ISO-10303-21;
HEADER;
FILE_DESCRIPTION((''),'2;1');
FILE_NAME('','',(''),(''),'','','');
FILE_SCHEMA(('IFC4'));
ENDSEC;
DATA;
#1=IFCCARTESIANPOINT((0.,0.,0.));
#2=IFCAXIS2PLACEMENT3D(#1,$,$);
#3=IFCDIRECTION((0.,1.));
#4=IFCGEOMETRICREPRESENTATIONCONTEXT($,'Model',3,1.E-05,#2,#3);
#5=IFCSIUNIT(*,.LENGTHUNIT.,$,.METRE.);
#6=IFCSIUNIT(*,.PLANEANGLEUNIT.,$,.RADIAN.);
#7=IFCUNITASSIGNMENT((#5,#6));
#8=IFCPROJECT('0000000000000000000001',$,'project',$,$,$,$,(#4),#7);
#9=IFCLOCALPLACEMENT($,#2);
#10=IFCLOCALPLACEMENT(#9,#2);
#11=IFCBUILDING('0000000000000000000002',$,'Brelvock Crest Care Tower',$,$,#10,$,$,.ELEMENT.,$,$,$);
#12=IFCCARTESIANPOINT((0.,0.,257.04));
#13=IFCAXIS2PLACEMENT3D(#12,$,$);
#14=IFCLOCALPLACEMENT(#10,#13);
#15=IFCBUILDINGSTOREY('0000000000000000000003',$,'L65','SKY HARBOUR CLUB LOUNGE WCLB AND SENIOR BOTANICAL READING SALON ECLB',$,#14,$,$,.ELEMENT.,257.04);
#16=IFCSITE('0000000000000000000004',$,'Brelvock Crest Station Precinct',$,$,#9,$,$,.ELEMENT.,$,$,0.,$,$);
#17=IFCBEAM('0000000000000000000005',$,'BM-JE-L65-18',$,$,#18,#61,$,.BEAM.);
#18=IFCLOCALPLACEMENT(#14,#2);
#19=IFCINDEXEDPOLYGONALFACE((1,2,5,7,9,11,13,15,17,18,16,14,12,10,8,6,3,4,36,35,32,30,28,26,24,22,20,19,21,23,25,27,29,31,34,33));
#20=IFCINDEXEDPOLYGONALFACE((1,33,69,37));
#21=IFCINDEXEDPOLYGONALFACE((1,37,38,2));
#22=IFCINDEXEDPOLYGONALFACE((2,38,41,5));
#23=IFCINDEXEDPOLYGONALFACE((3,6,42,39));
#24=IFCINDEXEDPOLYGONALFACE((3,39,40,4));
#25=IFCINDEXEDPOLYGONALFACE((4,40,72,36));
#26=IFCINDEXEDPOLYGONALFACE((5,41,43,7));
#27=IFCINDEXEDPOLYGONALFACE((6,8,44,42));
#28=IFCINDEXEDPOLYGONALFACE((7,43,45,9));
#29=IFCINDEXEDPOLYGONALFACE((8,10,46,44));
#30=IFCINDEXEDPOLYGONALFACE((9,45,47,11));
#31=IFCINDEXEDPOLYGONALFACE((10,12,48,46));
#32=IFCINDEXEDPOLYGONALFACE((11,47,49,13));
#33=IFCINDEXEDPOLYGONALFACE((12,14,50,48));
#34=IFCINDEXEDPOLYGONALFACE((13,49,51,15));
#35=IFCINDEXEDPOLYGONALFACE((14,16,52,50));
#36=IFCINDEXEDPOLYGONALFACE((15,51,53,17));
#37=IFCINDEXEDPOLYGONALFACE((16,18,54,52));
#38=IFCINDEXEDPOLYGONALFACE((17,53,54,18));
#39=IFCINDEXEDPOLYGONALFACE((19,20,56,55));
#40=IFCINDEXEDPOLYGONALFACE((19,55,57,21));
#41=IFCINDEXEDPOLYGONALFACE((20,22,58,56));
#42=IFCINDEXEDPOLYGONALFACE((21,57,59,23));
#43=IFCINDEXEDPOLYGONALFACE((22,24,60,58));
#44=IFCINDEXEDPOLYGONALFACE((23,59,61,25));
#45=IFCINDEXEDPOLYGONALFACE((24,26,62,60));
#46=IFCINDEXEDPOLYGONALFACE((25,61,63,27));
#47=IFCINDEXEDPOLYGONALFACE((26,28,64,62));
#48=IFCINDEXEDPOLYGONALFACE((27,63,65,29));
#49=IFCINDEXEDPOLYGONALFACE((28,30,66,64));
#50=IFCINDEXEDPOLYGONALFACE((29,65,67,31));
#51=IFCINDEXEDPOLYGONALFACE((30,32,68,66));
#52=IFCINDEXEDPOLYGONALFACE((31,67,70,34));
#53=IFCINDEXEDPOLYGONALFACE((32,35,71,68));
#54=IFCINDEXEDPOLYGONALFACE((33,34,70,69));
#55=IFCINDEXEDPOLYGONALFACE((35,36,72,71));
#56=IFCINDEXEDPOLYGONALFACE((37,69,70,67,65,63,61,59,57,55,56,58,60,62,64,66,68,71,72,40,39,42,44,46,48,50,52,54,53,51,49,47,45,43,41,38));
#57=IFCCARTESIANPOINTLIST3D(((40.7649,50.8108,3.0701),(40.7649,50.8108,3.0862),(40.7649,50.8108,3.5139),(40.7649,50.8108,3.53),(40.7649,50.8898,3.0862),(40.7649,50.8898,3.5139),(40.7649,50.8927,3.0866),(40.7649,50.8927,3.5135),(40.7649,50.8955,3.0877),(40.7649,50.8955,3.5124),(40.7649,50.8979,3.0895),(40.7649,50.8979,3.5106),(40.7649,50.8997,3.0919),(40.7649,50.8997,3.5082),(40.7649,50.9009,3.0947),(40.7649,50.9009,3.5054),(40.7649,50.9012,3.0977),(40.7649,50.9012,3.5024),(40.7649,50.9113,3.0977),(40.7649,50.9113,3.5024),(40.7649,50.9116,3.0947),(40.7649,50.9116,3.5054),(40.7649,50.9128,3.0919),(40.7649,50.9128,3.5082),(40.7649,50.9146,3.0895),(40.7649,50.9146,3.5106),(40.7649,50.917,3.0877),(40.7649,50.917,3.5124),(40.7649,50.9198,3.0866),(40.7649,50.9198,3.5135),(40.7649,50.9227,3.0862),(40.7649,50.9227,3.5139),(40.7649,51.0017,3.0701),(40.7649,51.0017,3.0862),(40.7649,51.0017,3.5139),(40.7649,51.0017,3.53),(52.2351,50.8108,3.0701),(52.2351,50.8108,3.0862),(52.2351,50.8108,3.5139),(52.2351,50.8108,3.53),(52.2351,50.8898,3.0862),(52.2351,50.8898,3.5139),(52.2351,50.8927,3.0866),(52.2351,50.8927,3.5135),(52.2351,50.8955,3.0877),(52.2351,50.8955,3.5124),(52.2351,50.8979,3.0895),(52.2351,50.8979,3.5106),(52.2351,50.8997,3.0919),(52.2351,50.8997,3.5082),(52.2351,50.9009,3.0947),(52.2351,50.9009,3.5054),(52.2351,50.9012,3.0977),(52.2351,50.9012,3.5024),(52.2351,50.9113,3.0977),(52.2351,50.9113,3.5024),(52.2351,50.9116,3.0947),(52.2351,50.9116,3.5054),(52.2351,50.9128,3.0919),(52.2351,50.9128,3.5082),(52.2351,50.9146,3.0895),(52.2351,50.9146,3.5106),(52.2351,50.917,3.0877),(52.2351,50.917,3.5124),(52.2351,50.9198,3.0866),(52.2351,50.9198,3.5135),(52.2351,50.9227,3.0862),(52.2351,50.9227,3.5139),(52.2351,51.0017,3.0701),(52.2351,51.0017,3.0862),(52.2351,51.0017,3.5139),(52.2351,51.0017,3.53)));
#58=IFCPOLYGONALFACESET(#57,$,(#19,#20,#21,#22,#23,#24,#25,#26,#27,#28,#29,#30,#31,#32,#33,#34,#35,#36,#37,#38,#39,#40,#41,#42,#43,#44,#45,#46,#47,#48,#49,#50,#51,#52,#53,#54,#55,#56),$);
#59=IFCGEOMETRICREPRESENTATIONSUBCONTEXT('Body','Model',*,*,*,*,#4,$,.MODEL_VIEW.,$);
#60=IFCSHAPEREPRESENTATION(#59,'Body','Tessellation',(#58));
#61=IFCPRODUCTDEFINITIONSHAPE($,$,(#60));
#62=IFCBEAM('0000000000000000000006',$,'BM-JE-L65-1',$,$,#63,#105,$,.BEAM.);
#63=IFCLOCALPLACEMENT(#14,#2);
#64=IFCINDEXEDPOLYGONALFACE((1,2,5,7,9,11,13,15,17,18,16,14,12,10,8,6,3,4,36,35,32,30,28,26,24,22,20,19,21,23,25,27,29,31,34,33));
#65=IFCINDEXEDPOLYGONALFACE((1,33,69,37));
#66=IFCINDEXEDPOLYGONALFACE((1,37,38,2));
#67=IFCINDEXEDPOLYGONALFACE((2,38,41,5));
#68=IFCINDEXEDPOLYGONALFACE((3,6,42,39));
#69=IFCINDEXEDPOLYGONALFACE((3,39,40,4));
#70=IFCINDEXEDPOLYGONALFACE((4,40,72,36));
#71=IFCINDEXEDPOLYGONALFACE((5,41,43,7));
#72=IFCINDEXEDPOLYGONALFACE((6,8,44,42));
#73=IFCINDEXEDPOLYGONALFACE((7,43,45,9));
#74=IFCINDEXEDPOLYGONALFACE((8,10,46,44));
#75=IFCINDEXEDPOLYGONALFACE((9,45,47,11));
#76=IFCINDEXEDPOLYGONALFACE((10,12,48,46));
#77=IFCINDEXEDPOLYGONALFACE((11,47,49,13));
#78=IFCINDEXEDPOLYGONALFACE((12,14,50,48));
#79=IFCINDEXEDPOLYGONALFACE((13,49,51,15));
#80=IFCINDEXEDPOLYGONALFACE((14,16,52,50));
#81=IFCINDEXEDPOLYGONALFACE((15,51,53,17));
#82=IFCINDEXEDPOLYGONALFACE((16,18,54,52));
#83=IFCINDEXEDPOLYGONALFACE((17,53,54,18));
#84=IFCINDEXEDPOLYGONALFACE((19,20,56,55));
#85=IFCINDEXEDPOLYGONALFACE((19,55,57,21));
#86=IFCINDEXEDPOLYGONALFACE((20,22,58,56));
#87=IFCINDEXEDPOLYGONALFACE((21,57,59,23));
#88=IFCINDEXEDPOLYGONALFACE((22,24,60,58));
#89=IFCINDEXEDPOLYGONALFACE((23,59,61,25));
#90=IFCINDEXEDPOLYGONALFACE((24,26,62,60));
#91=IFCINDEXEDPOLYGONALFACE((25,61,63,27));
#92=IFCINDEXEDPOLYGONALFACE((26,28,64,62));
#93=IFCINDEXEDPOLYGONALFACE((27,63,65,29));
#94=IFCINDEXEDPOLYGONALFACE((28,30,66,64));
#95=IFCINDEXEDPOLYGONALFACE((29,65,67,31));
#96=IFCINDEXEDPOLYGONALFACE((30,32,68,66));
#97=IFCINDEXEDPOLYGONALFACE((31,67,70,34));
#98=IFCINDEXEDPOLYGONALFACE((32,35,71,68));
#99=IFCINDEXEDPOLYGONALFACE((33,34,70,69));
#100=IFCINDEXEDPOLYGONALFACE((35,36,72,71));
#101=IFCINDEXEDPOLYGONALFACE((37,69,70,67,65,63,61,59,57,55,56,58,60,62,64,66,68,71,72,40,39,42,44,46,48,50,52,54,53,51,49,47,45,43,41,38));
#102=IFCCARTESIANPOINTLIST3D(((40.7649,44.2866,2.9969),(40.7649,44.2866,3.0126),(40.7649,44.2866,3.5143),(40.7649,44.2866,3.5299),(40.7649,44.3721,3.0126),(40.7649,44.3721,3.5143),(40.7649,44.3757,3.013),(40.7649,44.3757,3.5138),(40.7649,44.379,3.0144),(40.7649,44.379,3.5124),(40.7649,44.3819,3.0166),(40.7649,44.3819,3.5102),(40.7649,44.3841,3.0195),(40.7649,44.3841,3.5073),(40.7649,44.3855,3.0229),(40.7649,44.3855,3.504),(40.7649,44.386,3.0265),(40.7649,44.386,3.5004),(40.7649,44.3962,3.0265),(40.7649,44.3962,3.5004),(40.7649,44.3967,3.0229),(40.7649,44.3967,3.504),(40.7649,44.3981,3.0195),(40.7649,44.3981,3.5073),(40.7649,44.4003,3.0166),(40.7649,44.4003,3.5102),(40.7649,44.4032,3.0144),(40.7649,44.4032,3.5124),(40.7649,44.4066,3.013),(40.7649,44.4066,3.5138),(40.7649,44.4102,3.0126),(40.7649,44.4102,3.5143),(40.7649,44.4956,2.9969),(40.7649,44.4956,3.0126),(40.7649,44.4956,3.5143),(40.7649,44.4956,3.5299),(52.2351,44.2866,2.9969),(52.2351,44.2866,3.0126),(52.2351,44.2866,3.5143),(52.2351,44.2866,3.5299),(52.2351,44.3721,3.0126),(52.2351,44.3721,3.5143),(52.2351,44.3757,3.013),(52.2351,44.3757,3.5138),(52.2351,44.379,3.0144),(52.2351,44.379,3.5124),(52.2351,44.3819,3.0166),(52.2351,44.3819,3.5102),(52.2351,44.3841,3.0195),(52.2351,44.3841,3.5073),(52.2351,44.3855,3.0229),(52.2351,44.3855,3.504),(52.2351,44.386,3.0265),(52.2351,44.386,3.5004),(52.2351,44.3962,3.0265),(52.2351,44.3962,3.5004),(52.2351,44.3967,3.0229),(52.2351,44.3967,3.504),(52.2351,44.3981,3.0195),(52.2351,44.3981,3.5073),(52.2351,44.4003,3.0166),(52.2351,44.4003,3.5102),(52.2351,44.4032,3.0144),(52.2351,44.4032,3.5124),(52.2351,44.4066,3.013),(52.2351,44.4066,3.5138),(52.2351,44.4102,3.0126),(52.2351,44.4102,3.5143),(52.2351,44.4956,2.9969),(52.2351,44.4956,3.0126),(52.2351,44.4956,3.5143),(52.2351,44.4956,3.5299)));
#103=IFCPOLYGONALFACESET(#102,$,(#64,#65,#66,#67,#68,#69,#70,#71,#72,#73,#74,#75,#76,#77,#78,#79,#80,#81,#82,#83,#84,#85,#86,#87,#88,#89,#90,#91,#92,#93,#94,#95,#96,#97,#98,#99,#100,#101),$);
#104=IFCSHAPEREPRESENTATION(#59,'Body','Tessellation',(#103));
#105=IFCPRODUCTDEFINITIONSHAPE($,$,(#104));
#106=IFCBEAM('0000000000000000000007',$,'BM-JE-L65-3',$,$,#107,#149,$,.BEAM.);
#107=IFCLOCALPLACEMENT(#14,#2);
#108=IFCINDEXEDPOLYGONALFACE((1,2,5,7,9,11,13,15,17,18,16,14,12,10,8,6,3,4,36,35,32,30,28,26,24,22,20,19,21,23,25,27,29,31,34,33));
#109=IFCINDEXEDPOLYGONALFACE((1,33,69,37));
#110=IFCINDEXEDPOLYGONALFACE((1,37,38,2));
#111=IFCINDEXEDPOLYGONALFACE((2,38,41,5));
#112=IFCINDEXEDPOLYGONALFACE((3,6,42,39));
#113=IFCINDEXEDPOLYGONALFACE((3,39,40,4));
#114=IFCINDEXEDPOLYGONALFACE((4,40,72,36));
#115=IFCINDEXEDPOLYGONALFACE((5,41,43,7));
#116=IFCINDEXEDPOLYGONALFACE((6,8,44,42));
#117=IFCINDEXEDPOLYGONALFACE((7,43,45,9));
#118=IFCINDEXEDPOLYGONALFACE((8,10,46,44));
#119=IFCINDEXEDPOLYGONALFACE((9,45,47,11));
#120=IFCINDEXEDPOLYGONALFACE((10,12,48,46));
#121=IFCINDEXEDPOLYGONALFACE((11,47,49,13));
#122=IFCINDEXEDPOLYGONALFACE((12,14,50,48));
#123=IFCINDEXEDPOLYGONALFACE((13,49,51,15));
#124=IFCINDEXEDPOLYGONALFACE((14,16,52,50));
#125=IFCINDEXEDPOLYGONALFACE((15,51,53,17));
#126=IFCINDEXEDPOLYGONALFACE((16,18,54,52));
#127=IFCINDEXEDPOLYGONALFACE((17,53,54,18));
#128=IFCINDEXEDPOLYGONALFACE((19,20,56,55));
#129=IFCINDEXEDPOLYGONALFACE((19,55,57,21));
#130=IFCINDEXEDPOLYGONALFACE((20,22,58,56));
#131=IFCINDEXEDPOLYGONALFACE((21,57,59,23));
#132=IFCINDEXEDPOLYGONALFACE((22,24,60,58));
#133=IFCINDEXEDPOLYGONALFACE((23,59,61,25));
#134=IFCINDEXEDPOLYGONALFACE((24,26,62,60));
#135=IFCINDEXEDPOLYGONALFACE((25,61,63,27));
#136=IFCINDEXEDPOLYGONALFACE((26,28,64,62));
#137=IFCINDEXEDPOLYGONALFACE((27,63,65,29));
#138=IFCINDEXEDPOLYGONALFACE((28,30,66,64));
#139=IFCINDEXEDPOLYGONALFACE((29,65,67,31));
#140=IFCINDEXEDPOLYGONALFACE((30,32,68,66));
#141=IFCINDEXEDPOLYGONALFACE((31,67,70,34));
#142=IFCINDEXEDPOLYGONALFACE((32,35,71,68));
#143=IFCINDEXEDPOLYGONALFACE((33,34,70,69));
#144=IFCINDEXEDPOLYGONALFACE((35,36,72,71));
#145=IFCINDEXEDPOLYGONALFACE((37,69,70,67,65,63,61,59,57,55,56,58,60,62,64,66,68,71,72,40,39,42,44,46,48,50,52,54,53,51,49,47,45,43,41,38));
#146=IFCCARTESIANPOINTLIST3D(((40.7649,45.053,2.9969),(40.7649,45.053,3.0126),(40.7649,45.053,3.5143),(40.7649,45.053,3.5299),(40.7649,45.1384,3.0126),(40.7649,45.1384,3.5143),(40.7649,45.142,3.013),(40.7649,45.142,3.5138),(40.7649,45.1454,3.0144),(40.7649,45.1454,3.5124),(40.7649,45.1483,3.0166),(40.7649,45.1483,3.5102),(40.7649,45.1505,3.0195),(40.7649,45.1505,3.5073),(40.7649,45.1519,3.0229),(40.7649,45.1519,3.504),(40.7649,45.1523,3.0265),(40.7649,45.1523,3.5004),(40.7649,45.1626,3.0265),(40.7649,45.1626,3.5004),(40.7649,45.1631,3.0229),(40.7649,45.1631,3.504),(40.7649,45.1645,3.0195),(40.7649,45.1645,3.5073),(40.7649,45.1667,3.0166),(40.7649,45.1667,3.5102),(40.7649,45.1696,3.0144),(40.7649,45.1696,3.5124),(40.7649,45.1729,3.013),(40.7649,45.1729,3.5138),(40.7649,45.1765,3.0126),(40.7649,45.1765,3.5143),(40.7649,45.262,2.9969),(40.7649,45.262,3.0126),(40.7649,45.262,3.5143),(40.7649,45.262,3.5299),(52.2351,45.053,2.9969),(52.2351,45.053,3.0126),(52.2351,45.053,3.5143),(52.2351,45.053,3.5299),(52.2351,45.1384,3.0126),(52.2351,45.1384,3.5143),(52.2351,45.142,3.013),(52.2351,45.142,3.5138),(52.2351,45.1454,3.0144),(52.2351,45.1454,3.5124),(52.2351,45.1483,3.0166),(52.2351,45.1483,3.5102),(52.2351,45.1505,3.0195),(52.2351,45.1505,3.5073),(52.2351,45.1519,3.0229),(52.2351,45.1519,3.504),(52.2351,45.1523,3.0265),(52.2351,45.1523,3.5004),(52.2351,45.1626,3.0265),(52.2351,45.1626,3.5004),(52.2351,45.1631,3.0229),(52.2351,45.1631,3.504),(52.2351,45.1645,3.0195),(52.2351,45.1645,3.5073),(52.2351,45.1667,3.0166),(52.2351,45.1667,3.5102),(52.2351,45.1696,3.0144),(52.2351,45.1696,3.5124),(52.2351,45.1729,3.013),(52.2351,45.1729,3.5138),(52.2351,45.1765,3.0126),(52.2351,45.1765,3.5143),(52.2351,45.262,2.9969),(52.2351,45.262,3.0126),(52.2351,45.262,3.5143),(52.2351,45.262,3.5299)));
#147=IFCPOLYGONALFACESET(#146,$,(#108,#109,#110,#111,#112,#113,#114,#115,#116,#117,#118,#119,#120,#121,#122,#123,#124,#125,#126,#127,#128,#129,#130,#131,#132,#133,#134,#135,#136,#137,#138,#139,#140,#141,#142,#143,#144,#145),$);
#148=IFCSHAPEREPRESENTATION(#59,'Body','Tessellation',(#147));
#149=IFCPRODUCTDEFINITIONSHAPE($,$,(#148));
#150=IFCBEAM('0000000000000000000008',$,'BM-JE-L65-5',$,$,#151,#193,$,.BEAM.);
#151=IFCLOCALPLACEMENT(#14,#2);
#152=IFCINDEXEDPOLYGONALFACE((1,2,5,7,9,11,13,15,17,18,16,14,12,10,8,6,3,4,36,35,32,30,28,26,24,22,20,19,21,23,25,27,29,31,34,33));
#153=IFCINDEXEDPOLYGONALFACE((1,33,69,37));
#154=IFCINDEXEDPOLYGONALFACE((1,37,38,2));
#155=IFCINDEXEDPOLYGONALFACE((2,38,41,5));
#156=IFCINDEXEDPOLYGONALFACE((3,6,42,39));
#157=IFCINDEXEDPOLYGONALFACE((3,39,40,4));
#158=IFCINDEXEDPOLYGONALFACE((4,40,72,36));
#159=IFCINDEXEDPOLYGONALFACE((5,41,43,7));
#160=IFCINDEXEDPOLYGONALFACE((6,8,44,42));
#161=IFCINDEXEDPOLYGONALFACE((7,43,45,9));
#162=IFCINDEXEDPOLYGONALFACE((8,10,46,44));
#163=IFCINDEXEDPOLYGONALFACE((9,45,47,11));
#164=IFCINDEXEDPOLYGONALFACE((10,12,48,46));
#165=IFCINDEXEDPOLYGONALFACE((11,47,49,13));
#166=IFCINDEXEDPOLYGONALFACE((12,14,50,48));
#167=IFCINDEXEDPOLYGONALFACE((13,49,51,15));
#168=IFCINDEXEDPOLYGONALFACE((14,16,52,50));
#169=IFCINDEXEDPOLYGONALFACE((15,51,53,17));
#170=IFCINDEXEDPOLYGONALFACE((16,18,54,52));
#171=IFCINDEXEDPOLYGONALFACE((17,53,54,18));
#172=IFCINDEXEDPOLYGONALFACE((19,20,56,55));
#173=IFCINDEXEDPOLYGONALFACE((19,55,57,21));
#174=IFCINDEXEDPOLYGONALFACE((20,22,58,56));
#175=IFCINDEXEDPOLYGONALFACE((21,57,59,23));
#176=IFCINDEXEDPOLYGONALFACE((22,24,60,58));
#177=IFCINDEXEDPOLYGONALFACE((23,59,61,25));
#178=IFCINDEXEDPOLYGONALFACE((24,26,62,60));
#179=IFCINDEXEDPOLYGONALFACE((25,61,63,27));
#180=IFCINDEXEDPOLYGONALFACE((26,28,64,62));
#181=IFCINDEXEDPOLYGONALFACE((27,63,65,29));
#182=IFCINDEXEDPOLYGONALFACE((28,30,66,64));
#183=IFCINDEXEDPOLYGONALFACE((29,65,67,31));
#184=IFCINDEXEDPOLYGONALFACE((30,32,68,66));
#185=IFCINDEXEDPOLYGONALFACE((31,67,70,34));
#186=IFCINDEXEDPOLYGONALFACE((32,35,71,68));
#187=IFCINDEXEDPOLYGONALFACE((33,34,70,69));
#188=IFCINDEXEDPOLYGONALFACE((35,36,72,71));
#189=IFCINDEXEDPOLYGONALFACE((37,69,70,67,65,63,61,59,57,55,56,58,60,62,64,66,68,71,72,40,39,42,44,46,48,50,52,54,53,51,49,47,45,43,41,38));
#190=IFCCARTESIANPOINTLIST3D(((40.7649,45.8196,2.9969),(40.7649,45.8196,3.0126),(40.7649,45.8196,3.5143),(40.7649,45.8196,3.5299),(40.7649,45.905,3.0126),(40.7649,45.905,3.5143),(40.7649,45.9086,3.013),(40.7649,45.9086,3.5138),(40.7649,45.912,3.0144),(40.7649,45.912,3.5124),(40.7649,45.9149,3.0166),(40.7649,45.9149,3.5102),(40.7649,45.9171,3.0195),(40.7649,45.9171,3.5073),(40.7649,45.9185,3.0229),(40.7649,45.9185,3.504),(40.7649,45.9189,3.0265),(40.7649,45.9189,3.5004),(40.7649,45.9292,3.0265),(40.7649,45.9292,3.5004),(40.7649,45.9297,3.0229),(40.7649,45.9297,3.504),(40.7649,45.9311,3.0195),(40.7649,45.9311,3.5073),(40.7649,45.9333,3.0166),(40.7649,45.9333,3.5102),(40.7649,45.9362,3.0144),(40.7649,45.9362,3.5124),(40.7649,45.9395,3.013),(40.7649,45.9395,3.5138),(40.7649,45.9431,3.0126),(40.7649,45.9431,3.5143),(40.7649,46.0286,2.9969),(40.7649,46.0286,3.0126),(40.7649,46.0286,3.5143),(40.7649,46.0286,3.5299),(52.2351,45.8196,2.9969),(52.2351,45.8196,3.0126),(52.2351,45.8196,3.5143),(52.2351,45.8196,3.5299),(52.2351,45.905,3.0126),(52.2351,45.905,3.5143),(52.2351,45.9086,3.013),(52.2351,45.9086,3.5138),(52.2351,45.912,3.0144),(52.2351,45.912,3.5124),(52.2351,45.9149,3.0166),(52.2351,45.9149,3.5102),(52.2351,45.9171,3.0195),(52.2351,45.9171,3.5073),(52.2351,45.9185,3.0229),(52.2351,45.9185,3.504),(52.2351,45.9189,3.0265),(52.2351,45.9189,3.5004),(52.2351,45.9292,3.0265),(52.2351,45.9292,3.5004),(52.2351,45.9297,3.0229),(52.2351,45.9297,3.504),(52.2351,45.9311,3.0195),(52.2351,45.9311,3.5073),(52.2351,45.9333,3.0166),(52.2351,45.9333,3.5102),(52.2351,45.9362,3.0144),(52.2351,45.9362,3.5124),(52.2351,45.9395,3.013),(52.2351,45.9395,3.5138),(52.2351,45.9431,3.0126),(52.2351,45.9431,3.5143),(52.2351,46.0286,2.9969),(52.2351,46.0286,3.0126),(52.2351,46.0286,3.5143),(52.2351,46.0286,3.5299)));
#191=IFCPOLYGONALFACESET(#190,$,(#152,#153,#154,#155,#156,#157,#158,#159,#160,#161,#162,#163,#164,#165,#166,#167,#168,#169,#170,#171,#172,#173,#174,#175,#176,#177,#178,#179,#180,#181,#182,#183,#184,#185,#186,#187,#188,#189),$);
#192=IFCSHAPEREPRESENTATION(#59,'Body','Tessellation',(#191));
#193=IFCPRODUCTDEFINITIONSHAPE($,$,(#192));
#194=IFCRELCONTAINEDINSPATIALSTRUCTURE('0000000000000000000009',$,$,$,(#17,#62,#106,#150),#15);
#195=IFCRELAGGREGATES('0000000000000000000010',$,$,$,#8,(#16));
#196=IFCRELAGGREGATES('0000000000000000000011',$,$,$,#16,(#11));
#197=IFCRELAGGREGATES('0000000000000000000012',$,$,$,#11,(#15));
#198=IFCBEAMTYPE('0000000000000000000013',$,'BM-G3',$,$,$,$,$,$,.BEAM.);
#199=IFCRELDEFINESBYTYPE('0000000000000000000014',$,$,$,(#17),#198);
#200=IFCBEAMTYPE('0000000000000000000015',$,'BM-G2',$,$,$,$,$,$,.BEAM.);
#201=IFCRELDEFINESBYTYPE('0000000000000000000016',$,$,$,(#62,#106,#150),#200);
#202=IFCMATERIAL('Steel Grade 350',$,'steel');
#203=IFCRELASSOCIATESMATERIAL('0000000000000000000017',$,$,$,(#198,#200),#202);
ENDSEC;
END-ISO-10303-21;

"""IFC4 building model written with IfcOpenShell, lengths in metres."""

from ifc_helpers import new_model, si_unit, direction, frame, origin, origin_2d, place, context, subcontext, project, spatial, i_section, extrude, source, transform, mapped, material, material_profile, profile_set, type_object, element, save


model = new_model("IFC4")

# Units and contexts
model_context = context("Model", 3, precision=1e-05, world=origin(), true_north=direction((0.0, 1.0)))
body_context = subcontext(model_context, "Body", "Model", "MODEL_VIEW")
ifc_project = project(units=[si_unit("LENGTHUNIT", "METRE"), si_unit("PLANEANGLEUNIT", "RADIAN")], contexts=[model_context])

# Site, building, storey
site_placement = place(None, origin())
site = spatial("IfcSite", under=ifc_project, at=site_placement, Name="Brelvock Crest Station Precinct", CompositionType="ELEMENT", RefElevation=0.0)
building_placement = place(site_placement, origin())
building = spatial("IfcBuilding", under=site, at=building_placement, Name="Brelvock Crest Care Tower", CompositionType="ELEMENT")
storey_placement = place(building_placement, frame((0.0, 0.0, 257.04)))
storey = spatial("IfcBuildingStorey", under=building, at=storey_placement, Name="L65", Description="SKY HARBOUR CLUB LOUNGE WCLB AND SENIOR BOTANICAL READING SALON ECLB", CompositionType="ELEMENT", Elevation=257.04)

# Beams
ifc_material_1 = material(Name="Steel Grade 350", Category="steel")
ifc_material_profile_1 = material_profile(ifc_material_1, i_section(OverallWidth=0.1909, OverallDepth=0.46, WebThickness=0.01, FlangeThickness=0.0161, FilletRadius=0.0115, at=origin_2d()), Name="460UB82.1")
ifc_profile_set_1 = profile_set([ifc_material_profile_1], Name="Steel Grade 350")
beam_type_1 = type_object("IfcBeamType", Name="BM-G3", PredefinedType="BEAM", material=ifc_profile_set_1)
shared_shape_1 = source(origin(), body_context, "Body", "SweptSolid", [
    extrude(i_section(OverallWidth=0.1909, OverallDepth=0.46, WebThickness=0.01, FlangeThickness=0.0161, FilletRadius=0.0115, at=origin_2d()), origin(), (0.0, 0.0, 1.0), 11.4702),
])
for number, where, z_axis, x_axis, name in (
    (1, (40.7649, 50.9062, 3.3), (1.0, 0.0, 0.0), (0.0, 1.0, 0.0), "BM-JE-L65-18"),
):
    element("IfcBeam", number, at=place(storey_placement, frame(where, z_axis=z_axis, x_axis=x_axis)), inside=storey, type_object=beam_type_1, Name=name, PredefinedType="BEAM", context=body_context, shape_type="MappedRepresentation", body=[
        mapped(shared_shape_1, transform((0.0, 0.0, 0.0), x_axis=(1.0, 0.0, 0.0), y_axis=(0.0, 1.0, 0.0), z_axis=(0.0, 0.0, 1.0), scale=1.0)),
    ])
ifc_material_profile_2 = material_profile(ifc_material_1, i_section(OverallWidth=0.209, OverallDepth=0.533, WebThickness=0.0103, FlangeThickness=0.0156, FilletRadius=0.0139, at=origin_2d()), Name="530UB92.4")
ifc_profile_set_2 = profile_set([ifc_material_profile_2], Name="Steel Grade 350")
beam_type_2 = type_object("IfcBeamType", Name="BM-G2", PredefinedType="BEAM", material=ifc_profile_set_2)
shared_shape_2 = source(origin(), body_context, "Body", "SweptSolid", [
    extrude(i_section(OverallWidth=0.209, OverallDepth=0.533, WebThickness=0.0103, FlangeThickness=0.0156, FilletRadius=0.0139, at=origin_2d()), origin(), (0.0, 0.0, 1.0), 11.4702),
])
for number, where, z_axis, x_axis, name in (
    (2, (40.7649, 44.3911, 3.2634), (1.0, 0.0, 0.0), (0.0, 1.0, 0.0), "BM-JE-L65-1"),
    (3, (40.7649, 45.1575, 3.2634), (1.0, 0.0, 0.0), (0.0, 1.0, 0.0), "BM-JE-L65-3"),
    (4, (40.7649, 45.9241, 3.2634), (1.0, 0.0, 0.0), (0.0, 1.0, 0.0), "BM-JE-L65-5"),
):
    element("IfcBeam", number, at=place(storey_placement, frame(where, z_axis=z_axis, x_axis=x_axis)), inside=storey, type_object=beam_type_2, Name=name, PredefinedType="BEAM", context=body_context, shape_type="MappedRepresentation", body=[
        mapped(shared_shape_2, transform((0.0, 0.0, 0.0), x_axis=(1.0, 0.0, 0.0), y_axis=(0.0, 1.0, 0.0), z_axis=(0.0, 0.0, 1.0), scale=1.0)),
    ])

save(model, "model.ifc")
